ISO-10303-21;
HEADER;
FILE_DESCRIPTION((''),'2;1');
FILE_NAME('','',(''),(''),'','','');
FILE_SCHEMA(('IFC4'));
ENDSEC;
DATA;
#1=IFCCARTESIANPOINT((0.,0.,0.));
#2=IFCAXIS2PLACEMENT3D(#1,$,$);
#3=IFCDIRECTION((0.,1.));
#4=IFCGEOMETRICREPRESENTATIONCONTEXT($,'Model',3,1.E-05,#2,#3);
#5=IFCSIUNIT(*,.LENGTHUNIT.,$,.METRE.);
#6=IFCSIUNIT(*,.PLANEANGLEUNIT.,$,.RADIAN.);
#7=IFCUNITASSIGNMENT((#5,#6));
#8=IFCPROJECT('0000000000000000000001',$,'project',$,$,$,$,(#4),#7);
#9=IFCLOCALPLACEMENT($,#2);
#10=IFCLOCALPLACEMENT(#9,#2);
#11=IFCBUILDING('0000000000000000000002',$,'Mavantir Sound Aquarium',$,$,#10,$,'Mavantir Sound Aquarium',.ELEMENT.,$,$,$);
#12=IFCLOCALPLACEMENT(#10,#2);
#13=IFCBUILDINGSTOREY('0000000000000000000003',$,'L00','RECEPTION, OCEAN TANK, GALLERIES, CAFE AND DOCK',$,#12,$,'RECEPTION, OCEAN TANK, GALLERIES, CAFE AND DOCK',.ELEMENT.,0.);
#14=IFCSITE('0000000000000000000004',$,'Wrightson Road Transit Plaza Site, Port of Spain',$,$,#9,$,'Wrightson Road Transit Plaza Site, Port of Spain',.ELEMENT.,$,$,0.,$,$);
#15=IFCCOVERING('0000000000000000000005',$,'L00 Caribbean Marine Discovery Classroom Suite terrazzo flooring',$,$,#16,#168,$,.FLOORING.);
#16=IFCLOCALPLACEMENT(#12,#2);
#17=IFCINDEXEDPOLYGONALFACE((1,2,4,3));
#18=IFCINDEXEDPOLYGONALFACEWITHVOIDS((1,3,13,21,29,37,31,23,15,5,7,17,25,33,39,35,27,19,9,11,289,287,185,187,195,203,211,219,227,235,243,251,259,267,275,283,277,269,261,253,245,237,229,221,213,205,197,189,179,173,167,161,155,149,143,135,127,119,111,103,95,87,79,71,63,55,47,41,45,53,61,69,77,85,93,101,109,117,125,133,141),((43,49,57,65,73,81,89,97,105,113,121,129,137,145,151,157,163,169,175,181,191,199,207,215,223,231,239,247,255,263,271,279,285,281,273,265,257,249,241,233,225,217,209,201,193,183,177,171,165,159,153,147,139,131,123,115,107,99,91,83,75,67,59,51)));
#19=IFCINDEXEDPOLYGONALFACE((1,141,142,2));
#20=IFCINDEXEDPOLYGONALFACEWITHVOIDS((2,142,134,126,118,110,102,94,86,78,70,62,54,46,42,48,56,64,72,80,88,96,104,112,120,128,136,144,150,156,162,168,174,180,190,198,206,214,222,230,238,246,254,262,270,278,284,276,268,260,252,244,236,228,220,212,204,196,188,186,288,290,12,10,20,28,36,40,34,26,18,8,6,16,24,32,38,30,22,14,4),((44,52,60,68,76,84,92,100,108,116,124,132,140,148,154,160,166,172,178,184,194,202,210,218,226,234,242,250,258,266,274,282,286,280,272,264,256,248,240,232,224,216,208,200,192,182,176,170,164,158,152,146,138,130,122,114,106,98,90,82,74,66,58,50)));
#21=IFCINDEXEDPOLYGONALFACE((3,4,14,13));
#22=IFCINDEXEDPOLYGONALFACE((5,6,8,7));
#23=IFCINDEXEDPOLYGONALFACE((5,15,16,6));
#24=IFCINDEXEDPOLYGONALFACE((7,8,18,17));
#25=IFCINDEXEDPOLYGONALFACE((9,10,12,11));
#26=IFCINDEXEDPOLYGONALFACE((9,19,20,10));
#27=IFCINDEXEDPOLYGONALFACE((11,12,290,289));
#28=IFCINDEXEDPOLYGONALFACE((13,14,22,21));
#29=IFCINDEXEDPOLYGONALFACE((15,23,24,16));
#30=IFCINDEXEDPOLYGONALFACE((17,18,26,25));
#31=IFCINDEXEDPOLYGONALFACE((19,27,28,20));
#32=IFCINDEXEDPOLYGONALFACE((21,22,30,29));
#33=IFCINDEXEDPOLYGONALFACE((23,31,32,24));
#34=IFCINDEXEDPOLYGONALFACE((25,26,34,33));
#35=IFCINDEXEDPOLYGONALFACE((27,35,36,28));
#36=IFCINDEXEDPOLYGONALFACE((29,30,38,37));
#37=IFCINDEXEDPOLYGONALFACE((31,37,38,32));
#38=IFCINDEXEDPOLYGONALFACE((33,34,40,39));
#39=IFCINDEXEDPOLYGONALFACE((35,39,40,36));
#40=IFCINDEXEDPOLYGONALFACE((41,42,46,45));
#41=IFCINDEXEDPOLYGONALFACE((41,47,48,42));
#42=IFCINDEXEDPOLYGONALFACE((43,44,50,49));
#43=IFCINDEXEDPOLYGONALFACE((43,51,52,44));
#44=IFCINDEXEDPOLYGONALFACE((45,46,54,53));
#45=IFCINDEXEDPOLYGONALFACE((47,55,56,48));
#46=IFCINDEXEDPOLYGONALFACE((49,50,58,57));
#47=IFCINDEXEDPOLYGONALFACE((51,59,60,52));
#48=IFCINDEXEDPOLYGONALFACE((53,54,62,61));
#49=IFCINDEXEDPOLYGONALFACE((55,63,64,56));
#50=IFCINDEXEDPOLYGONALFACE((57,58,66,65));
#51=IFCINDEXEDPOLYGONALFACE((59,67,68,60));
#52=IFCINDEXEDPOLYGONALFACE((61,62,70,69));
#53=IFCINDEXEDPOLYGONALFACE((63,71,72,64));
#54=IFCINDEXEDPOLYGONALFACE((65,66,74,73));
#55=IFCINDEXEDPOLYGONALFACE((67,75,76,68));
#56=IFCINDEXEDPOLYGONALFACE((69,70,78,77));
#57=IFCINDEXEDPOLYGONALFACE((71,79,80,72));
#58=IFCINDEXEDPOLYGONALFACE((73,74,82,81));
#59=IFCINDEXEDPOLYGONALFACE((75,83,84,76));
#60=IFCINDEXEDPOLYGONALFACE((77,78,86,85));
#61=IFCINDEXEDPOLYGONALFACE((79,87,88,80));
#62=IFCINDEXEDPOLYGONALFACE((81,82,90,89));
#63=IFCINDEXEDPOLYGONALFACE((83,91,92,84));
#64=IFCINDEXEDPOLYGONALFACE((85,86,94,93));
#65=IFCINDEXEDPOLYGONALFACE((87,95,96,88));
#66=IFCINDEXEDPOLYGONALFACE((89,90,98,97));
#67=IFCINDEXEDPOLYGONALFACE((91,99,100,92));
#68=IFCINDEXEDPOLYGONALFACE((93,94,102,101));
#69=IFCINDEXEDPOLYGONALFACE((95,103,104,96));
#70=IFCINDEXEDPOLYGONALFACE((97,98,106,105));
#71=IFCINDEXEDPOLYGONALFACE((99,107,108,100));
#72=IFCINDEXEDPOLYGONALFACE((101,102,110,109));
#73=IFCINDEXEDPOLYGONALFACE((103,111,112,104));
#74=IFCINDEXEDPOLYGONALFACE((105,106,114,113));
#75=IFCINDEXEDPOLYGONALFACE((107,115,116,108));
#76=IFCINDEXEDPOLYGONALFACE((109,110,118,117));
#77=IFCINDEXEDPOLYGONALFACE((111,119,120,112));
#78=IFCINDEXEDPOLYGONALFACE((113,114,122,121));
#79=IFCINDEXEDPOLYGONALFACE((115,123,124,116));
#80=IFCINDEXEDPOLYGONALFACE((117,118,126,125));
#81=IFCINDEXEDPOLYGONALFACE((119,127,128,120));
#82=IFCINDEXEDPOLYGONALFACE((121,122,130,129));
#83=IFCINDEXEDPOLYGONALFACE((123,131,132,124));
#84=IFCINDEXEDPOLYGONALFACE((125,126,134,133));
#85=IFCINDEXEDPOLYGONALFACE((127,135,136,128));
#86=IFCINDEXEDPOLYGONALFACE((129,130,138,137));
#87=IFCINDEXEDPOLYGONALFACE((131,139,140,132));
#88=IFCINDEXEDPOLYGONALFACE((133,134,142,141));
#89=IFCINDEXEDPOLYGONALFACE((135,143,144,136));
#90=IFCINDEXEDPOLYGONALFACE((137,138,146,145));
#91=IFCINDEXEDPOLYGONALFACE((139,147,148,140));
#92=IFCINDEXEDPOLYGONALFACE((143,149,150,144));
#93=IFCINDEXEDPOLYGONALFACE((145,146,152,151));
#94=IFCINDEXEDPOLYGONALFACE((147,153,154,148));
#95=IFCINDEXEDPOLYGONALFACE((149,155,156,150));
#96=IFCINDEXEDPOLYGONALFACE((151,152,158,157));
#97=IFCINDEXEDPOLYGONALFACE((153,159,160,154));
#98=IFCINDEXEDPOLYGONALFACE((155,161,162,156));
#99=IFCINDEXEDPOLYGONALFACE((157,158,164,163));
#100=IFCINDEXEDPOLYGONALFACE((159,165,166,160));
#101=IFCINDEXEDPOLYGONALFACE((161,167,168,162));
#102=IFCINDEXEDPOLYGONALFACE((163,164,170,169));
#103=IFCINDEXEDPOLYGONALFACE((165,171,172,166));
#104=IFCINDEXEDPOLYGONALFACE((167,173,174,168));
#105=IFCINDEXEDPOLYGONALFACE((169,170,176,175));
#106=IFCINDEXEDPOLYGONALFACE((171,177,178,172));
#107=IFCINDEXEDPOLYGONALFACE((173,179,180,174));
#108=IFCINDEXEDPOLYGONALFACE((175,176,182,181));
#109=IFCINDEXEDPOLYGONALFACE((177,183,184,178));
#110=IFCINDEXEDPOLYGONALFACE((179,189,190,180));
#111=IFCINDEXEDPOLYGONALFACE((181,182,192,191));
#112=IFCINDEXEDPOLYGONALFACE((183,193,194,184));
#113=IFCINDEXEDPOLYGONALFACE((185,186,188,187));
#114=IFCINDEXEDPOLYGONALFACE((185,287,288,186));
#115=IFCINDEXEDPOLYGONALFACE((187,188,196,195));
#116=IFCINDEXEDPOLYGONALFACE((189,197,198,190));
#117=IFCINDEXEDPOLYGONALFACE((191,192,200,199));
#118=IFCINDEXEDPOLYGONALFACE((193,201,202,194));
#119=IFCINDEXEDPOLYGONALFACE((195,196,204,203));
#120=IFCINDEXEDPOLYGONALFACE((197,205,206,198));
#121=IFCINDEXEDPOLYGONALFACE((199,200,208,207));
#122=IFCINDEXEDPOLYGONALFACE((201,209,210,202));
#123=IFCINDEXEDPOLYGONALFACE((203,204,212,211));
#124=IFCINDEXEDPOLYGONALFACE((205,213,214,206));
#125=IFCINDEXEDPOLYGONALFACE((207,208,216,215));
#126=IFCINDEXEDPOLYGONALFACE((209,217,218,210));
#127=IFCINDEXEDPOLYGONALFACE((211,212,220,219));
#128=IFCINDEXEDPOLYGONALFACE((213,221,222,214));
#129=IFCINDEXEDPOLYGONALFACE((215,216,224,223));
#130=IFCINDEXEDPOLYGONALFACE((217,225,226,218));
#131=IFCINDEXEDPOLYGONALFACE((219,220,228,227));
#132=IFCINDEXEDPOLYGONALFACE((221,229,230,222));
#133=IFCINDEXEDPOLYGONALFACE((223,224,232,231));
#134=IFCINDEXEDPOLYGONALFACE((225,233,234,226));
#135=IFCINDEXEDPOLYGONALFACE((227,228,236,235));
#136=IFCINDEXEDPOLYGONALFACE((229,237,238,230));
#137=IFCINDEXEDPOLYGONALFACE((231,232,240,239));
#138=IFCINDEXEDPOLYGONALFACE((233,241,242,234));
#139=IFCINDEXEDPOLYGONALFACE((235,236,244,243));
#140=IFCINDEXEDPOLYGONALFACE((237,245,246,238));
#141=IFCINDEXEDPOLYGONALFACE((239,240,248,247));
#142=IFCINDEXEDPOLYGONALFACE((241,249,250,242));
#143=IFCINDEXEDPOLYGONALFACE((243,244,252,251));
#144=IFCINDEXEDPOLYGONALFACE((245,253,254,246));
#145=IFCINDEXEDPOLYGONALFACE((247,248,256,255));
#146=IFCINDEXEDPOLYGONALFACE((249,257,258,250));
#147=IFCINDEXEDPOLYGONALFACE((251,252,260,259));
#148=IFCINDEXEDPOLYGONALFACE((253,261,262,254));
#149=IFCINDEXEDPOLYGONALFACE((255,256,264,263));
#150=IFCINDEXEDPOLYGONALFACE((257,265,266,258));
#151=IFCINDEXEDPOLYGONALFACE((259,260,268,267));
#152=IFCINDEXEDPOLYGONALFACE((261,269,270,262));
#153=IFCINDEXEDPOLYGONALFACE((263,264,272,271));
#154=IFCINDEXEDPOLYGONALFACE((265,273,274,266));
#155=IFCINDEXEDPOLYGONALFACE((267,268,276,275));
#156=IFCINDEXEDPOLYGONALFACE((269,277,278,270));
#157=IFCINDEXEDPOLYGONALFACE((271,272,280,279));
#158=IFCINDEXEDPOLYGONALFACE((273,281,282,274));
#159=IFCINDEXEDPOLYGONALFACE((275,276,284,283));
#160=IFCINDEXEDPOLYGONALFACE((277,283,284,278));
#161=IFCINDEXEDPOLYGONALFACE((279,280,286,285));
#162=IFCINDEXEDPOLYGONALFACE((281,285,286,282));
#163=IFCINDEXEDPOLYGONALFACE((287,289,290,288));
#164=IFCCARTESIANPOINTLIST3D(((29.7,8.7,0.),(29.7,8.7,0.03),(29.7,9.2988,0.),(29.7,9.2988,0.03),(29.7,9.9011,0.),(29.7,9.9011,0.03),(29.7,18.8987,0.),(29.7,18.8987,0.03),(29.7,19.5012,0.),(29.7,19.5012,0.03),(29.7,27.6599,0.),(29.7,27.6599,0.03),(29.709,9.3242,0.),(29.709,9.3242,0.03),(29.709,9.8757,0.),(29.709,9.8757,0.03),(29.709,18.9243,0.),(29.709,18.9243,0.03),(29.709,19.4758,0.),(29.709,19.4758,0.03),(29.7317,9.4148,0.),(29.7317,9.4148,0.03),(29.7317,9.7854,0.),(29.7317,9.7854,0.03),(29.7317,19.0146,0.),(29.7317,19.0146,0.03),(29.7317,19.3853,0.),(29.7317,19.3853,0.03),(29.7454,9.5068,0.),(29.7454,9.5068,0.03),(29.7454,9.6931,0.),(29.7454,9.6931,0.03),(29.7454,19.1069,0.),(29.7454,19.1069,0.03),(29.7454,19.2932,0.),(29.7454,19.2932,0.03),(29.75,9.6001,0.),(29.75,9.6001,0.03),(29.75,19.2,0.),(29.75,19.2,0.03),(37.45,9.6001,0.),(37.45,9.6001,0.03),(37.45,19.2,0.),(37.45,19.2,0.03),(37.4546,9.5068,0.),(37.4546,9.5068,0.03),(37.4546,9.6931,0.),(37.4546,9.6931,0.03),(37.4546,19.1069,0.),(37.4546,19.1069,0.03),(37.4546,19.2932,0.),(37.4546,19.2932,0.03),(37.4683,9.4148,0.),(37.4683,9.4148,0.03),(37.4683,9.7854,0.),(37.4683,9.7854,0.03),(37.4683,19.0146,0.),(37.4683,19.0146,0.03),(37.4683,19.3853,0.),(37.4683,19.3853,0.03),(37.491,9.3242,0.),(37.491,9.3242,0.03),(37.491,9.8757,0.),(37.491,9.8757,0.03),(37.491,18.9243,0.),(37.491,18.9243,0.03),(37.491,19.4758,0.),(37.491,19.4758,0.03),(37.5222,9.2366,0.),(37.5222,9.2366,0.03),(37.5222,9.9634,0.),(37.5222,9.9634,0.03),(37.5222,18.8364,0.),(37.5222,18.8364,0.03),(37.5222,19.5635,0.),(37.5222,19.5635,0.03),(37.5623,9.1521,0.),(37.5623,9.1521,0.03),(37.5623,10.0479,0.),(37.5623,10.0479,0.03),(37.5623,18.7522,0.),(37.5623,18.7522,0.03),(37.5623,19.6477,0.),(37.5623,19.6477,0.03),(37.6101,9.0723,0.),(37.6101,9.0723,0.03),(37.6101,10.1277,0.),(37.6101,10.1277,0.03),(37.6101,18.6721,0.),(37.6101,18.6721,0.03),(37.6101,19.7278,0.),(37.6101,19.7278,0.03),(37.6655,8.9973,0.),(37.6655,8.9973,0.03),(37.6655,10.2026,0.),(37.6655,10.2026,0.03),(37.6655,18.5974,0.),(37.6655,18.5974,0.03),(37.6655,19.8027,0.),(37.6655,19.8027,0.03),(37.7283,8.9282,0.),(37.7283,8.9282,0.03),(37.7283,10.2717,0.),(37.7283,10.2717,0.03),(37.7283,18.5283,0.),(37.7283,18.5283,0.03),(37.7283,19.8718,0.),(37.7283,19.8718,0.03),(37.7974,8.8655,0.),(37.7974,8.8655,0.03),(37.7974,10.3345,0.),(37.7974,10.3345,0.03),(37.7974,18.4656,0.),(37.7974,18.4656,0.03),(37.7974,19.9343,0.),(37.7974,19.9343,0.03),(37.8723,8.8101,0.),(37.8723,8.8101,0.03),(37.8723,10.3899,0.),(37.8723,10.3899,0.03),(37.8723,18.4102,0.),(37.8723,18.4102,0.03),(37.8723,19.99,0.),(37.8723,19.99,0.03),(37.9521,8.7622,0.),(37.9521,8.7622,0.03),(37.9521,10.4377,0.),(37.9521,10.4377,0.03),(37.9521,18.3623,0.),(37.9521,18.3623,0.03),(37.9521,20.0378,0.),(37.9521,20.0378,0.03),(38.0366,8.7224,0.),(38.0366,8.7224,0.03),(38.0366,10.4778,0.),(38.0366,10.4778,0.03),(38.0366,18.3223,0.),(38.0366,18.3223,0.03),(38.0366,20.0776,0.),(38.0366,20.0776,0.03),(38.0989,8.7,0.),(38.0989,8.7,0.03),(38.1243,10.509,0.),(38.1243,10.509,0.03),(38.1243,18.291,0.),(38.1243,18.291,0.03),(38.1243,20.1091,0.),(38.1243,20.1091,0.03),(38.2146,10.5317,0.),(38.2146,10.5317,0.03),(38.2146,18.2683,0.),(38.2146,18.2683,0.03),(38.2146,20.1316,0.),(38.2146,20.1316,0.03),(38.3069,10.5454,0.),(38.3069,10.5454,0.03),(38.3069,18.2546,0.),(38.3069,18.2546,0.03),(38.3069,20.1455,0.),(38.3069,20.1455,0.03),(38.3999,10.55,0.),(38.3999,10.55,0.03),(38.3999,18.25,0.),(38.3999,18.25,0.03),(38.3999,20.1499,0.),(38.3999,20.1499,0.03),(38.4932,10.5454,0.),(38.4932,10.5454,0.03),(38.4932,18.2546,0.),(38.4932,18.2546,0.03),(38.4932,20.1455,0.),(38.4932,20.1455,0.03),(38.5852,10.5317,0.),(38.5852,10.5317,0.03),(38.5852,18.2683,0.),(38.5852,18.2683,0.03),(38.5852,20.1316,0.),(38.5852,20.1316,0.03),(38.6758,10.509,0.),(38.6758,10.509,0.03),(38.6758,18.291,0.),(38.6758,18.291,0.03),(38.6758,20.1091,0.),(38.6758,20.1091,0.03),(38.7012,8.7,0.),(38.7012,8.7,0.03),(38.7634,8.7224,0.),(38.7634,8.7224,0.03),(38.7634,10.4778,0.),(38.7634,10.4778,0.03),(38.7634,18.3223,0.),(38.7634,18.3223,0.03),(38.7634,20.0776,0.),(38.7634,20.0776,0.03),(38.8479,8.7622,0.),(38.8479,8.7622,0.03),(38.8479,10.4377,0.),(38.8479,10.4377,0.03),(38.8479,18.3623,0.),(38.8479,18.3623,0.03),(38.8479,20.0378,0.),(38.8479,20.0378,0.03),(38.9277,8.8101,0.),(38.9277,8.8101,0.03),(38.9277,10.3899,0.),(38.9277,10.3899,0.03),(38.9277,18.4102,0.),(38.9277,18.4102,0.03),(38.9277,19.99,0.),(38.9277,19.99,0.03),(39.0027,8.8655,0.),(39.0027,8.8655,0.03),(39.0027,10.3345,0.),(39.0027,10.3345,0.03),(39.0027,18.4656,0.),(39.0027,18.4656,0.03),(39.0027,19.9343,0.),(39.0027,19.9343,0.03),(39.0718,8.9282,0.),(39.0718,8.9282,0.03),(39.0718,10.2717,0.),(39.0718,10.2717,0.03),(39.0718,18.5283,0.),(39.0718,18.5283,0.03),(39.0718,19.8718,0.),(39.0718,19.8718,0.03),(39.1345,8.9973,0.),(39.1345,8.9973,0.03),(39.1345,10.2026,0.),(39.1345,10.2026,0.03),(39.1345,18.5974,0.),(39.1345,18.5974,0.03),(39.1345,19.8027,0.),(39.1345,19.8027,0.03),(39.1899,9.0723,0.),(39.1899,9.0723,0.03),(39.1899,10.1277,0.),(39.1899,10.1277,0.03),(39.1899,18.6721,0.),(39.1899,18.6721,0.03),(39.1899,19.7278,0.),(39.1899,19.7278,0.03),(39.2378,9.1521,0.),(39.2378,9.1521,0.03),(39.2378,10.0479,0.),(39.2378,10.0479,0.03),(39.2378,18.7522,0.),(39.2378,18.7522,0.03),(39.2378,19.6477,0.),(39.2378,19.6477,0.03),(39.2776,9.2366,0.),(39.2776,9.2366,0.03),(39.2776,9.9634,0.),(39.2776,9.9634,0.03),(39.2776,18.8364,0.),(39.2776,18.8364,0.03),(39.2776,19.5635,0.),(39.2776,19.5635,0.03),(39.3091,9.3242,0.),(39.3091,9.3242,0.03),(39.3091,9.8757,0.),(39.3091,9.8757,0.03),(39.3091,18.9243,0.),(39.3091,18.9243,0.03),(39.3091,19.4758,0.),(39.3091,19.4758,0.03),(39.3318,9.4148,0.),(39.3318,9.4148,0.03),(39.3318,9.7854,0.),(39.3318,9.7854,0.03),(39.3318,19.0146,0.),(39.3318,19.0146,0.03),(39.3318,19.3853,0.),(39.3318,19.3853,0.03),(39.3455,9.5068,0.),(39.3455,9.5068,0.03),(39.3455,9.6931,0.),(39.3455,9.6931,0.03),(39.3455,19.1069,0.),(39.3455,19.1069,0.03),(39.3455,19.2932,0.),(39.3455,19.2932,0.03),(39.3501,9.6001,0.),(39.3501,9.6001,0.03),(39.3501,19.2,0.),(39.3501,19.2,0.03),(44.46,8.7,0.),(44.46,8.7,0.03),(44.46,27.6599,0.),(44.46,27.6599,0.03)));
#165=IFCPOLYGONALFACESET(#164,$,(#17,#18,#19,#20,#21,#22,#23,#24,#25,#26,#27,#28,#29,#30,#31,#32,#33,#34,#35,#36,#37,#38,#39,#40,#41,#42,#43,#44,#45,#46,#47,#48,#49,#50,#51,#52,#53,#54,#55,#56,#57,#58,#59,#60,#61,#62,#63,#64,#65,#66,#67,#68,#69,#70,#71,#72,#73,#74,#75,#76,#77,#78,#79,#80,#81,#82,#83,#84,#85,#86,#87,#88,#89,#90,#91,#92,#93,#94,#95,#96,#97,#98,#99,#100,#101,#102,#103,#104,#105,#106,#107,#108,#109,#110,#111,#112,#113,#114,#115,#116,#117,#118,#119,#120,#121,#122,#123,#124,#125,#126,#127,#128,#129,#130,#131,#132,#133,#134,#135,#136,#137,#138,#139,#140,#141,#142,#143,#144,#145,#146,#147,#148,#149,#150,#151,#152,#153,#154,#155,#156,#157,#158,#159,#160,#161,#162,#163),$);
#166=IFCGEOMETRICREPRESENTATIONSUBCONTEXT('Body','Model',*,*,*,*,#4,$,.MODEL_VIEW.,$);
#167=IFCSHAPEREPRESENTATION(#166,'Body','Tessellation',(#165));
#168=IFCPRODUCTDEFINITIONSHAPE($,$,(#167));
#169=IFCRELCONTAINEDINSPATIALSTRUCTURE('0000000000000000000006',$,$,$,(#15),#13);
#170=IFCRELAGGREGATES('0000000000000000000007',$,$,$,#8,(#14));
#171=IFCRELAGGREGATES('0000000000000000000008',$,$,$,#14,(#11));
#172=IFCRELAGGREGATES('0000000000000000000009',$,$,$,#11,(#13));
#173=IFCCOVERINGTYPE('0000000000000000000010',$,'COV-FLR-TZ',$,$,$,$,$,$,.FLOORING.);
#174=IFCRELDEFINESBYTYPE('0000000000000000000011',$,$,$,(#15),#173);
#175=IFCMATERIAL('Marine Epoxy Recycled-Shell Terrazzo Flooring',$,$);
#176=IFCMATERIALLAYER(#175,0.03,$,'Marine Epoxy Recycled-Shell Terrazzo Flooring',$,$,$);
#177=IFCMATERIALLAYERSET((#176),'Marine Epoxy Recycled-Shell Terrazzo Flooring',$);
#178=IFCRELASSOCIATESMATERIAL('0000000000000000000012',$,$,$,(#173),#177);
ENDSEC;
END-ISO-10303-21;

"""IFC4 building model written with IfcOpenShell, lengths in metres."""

from ifc_helpers import new_model, si_unit, direction, origin, place, context, subcontext, project, spatial, polyline, outline, extrude, material, layer, layer_set, type_object, element, save


model = new_model("IFC4")

# Units and contexts
model_context = context("Model", 3, precision=1e-05, world=origin(), true_north=direction((0.0, 1.0)))
body_context = subcontext(model_context, "Body", "Model", "MODEL_VIEW")
ifc_project = project(units=[si_unit("LENGTHUNIT", "METRE"), si_unit("PLANEANGLEUNIT", "RADIAN")], contexts=[model_context])

# Site, building, storey
site_placement = place(None, origin())
site = spatial("IfcSite", under=ifc_project, at=site_placement, Name="Wrightson Road Transit Plaza Site, Port of Spain", LongName="Wrightson Road Transit Plaza Site, Port of Spain", CompositionType="ELEMENT", RefElevation=0.0)
building_placement = place(site_placement, origin())
building = spatial("IfcBuilding", under=site, at=building_placement, Name="Mavantir Sound Aquarium", LongName="Mavantir Sound Aquarium", CompositionType="ELEMENT")
storey_placement = place(building_placement, origin())
storey = spatial("IfcBuildingStorey", under=building, at=storey_placement, Name="L00", Description="RECEPTION, OCEAN TANK, GALLERIES, CAFE AND DOCK", LongName="RECEPTION, OCEAN TANK, GALLERIES, CAFE AND DOCK", CompositionType="ELEMENT", Elevation=0.0)

# Covering
ifc_material_1 = material(Name="Marine Epoxy Recycled-Shell Terrazzo Flooring")
ifc_layer_1 = layer(ifc_material_1, 0.03, Name="Marine Epoxy Recycled-Shell Terrazzo Flooring")
ifc_layer_set_1 = layer_set([ifc_layer_1], Name="Marine Epoxy Recycled-Shell Terrazzo Flooring")
covering_type_1 = type_object("IfcCoveringType", Name="COV-FLR-TZ", PredefinedType="FLOORING", material=ifc_layer_set_1)
covering_1_placement = place(storey_placement, origin())
element("IfcCovering", 1, at=covering_1_placement, inside=storey, type_object=covering_type_1, Name="L00 Caribbean Marine Discovery Classroom Suite terrazzo flooring", PredefinedType="FLOORING", context=body_context, shape_type="SweptSolid", body=[
    extrude(outline(polyline([(44.46, 27.6599), (44.46, 8.7), (38.7012, 8.7), (38.7634, 8.7224), (38.8479, 8.7622), (38.9277, 8.8101), (39.0027, 8.8655), (39.0718, 8.9282), (39.1345, 8.9973), (39.1899, 9.0723), (39.2378, 9.1521), (39.2776, 9.2366), (39.3091, 9.3242), (39.3318, 9.4148), (39.3455, 9.5068), (39.3501, 9.6001), (39.3455, 9.6931), (39.3318, 9.7854), (39.3091, 9.8757), (39.2776, 9.9634), (39.2378, 10.0479), (39.1899, 10.1277), (39.1345, 10.2026), (39.0718, 10.2717), (39.0027, 10.3345), (38.9277, 10.3899), (38.8479, 10.4377), (38.7634, 10.4778), (38.6758, 10.509), (38.5852, 10.5317), (38.4932, 10.5454), (38.3999, 10.55), (38.3069, 10.5454), (38.2146, 10.5317), (38.1243, 10.509), (38.0366, 10.4778), (37.9521, 10.4377), (37.8723, 10.3899), (37.7974, 10.3345), (37.7283, 10.2717), (37.6655, 10.2026), (37.6101, 10.1277), (37.5623, 10.0479), (37.5222, 9.9634), (37.491, 9.8757), (37.4683, 9.7854), (37.4546, 9.6931), (37.45, 9.6001), (37.4546, 9.5068), (37.4683, 9.4148), (37.491, 9.3242), (37.5222, 9.2366), (37.5623, 9.1521), (37.6101, 9.0723), (37.6655, 8.9973), (37.7283, 8.9282), (37.7974, 8.8655), (37.8723, 8.8101), (37.9521, 8.7622), (38.0366, 8.7224), (38.0989, 8.7), (29.7, 8.7), (29.7, 9.2988), (29.709, 9.3242), (29.7317, 9.4148), (29.7454, 9.5068), (29.75, 9.6001), (29.7454, 9.6931), (29.7317, 9.7854), (29.709, 9.8757), (29.7, 9.9011), (29.7, 18.8987), (29.709, 18.9243), (29.7317, 19.0146), (29.7454, 19.1069), (29.75, 19.2), (29.7454, 19.2932), (29.7317, 19.3853), (29.709, 19.4758), (29.7, 19.5012), (29.7, 27.6599), (44.46, 27.6599)]), holes=[polyline([(39.1345, 18.5974), (39.1899, 18.6721), (39.2378, 18.7522), (39.2776, 18.8364), (39.3091, 18.9243), (39.3318, 19.0146), (39.3455, 19.1069), (39.3501, 19.2), (39.3455, 19.2932), (39.3318, 19.3853), (39.3091, 19.4758), (39.2776, 19.5635), (39.2378, 19.6477), (39.1899, 19.7278), (39.1345, 19.8027), (39.0718, 19.8718), (39.0027, 19.9343), (38.9277, 19.99), (38.8479, 20.0378), (38.7634, 20.0776), (38.6758, 20.1091), (38.5852, 20.1316), (38.4932, 20.1455), (38.3999, 20.1499), (38.3069, 20.1455), (38.2146, 20.1316), (38.1243, 20.1091), (38.0366, 20.0776), (37.9521, 20.0378), (37.8723, 19.99), (37.7974, 19.9343), (37.7283, 19.8718), (37.6655, 19.8027), (37.6101, 19.7278), (37.5623, 19.6477), (37.5222, 19.5635), (37.491, 19.4758), (37.4683, 19.3853), (37.4546, 19.2932), (37.45, 19.2), (37.4546, 19.1069), (37.4683, 19.0146), (37.491, 18.9243), (37.5222, 18.8364), (37.5623, 18.7522), (37.6101, 18.6721), (37.6655, 18.5974), (37.7283, 18.5283), (37.7974, 18.4656), (37.8723, 18.4102), (37.9521, 18.3623), (38.0366, 18.3223), (38.1243, 18.291), (38.2146, 18.2683), (38.3069, 18.2546), (38.3999, 18.25), (38.4932, 18.2546), (38.5852, 18.2683), (38.6758, 18.291), (38.7634, 18.3223), (38.8479, 18.3623), (38.9277, 18.4102), (39.0027, 18.4656), (39.0718, 18.5283), (39.1345, 18.5974)])]), origin(), (0.0, 0.0, 1.0), 0.03),
])

save(model, "model.ifc")
